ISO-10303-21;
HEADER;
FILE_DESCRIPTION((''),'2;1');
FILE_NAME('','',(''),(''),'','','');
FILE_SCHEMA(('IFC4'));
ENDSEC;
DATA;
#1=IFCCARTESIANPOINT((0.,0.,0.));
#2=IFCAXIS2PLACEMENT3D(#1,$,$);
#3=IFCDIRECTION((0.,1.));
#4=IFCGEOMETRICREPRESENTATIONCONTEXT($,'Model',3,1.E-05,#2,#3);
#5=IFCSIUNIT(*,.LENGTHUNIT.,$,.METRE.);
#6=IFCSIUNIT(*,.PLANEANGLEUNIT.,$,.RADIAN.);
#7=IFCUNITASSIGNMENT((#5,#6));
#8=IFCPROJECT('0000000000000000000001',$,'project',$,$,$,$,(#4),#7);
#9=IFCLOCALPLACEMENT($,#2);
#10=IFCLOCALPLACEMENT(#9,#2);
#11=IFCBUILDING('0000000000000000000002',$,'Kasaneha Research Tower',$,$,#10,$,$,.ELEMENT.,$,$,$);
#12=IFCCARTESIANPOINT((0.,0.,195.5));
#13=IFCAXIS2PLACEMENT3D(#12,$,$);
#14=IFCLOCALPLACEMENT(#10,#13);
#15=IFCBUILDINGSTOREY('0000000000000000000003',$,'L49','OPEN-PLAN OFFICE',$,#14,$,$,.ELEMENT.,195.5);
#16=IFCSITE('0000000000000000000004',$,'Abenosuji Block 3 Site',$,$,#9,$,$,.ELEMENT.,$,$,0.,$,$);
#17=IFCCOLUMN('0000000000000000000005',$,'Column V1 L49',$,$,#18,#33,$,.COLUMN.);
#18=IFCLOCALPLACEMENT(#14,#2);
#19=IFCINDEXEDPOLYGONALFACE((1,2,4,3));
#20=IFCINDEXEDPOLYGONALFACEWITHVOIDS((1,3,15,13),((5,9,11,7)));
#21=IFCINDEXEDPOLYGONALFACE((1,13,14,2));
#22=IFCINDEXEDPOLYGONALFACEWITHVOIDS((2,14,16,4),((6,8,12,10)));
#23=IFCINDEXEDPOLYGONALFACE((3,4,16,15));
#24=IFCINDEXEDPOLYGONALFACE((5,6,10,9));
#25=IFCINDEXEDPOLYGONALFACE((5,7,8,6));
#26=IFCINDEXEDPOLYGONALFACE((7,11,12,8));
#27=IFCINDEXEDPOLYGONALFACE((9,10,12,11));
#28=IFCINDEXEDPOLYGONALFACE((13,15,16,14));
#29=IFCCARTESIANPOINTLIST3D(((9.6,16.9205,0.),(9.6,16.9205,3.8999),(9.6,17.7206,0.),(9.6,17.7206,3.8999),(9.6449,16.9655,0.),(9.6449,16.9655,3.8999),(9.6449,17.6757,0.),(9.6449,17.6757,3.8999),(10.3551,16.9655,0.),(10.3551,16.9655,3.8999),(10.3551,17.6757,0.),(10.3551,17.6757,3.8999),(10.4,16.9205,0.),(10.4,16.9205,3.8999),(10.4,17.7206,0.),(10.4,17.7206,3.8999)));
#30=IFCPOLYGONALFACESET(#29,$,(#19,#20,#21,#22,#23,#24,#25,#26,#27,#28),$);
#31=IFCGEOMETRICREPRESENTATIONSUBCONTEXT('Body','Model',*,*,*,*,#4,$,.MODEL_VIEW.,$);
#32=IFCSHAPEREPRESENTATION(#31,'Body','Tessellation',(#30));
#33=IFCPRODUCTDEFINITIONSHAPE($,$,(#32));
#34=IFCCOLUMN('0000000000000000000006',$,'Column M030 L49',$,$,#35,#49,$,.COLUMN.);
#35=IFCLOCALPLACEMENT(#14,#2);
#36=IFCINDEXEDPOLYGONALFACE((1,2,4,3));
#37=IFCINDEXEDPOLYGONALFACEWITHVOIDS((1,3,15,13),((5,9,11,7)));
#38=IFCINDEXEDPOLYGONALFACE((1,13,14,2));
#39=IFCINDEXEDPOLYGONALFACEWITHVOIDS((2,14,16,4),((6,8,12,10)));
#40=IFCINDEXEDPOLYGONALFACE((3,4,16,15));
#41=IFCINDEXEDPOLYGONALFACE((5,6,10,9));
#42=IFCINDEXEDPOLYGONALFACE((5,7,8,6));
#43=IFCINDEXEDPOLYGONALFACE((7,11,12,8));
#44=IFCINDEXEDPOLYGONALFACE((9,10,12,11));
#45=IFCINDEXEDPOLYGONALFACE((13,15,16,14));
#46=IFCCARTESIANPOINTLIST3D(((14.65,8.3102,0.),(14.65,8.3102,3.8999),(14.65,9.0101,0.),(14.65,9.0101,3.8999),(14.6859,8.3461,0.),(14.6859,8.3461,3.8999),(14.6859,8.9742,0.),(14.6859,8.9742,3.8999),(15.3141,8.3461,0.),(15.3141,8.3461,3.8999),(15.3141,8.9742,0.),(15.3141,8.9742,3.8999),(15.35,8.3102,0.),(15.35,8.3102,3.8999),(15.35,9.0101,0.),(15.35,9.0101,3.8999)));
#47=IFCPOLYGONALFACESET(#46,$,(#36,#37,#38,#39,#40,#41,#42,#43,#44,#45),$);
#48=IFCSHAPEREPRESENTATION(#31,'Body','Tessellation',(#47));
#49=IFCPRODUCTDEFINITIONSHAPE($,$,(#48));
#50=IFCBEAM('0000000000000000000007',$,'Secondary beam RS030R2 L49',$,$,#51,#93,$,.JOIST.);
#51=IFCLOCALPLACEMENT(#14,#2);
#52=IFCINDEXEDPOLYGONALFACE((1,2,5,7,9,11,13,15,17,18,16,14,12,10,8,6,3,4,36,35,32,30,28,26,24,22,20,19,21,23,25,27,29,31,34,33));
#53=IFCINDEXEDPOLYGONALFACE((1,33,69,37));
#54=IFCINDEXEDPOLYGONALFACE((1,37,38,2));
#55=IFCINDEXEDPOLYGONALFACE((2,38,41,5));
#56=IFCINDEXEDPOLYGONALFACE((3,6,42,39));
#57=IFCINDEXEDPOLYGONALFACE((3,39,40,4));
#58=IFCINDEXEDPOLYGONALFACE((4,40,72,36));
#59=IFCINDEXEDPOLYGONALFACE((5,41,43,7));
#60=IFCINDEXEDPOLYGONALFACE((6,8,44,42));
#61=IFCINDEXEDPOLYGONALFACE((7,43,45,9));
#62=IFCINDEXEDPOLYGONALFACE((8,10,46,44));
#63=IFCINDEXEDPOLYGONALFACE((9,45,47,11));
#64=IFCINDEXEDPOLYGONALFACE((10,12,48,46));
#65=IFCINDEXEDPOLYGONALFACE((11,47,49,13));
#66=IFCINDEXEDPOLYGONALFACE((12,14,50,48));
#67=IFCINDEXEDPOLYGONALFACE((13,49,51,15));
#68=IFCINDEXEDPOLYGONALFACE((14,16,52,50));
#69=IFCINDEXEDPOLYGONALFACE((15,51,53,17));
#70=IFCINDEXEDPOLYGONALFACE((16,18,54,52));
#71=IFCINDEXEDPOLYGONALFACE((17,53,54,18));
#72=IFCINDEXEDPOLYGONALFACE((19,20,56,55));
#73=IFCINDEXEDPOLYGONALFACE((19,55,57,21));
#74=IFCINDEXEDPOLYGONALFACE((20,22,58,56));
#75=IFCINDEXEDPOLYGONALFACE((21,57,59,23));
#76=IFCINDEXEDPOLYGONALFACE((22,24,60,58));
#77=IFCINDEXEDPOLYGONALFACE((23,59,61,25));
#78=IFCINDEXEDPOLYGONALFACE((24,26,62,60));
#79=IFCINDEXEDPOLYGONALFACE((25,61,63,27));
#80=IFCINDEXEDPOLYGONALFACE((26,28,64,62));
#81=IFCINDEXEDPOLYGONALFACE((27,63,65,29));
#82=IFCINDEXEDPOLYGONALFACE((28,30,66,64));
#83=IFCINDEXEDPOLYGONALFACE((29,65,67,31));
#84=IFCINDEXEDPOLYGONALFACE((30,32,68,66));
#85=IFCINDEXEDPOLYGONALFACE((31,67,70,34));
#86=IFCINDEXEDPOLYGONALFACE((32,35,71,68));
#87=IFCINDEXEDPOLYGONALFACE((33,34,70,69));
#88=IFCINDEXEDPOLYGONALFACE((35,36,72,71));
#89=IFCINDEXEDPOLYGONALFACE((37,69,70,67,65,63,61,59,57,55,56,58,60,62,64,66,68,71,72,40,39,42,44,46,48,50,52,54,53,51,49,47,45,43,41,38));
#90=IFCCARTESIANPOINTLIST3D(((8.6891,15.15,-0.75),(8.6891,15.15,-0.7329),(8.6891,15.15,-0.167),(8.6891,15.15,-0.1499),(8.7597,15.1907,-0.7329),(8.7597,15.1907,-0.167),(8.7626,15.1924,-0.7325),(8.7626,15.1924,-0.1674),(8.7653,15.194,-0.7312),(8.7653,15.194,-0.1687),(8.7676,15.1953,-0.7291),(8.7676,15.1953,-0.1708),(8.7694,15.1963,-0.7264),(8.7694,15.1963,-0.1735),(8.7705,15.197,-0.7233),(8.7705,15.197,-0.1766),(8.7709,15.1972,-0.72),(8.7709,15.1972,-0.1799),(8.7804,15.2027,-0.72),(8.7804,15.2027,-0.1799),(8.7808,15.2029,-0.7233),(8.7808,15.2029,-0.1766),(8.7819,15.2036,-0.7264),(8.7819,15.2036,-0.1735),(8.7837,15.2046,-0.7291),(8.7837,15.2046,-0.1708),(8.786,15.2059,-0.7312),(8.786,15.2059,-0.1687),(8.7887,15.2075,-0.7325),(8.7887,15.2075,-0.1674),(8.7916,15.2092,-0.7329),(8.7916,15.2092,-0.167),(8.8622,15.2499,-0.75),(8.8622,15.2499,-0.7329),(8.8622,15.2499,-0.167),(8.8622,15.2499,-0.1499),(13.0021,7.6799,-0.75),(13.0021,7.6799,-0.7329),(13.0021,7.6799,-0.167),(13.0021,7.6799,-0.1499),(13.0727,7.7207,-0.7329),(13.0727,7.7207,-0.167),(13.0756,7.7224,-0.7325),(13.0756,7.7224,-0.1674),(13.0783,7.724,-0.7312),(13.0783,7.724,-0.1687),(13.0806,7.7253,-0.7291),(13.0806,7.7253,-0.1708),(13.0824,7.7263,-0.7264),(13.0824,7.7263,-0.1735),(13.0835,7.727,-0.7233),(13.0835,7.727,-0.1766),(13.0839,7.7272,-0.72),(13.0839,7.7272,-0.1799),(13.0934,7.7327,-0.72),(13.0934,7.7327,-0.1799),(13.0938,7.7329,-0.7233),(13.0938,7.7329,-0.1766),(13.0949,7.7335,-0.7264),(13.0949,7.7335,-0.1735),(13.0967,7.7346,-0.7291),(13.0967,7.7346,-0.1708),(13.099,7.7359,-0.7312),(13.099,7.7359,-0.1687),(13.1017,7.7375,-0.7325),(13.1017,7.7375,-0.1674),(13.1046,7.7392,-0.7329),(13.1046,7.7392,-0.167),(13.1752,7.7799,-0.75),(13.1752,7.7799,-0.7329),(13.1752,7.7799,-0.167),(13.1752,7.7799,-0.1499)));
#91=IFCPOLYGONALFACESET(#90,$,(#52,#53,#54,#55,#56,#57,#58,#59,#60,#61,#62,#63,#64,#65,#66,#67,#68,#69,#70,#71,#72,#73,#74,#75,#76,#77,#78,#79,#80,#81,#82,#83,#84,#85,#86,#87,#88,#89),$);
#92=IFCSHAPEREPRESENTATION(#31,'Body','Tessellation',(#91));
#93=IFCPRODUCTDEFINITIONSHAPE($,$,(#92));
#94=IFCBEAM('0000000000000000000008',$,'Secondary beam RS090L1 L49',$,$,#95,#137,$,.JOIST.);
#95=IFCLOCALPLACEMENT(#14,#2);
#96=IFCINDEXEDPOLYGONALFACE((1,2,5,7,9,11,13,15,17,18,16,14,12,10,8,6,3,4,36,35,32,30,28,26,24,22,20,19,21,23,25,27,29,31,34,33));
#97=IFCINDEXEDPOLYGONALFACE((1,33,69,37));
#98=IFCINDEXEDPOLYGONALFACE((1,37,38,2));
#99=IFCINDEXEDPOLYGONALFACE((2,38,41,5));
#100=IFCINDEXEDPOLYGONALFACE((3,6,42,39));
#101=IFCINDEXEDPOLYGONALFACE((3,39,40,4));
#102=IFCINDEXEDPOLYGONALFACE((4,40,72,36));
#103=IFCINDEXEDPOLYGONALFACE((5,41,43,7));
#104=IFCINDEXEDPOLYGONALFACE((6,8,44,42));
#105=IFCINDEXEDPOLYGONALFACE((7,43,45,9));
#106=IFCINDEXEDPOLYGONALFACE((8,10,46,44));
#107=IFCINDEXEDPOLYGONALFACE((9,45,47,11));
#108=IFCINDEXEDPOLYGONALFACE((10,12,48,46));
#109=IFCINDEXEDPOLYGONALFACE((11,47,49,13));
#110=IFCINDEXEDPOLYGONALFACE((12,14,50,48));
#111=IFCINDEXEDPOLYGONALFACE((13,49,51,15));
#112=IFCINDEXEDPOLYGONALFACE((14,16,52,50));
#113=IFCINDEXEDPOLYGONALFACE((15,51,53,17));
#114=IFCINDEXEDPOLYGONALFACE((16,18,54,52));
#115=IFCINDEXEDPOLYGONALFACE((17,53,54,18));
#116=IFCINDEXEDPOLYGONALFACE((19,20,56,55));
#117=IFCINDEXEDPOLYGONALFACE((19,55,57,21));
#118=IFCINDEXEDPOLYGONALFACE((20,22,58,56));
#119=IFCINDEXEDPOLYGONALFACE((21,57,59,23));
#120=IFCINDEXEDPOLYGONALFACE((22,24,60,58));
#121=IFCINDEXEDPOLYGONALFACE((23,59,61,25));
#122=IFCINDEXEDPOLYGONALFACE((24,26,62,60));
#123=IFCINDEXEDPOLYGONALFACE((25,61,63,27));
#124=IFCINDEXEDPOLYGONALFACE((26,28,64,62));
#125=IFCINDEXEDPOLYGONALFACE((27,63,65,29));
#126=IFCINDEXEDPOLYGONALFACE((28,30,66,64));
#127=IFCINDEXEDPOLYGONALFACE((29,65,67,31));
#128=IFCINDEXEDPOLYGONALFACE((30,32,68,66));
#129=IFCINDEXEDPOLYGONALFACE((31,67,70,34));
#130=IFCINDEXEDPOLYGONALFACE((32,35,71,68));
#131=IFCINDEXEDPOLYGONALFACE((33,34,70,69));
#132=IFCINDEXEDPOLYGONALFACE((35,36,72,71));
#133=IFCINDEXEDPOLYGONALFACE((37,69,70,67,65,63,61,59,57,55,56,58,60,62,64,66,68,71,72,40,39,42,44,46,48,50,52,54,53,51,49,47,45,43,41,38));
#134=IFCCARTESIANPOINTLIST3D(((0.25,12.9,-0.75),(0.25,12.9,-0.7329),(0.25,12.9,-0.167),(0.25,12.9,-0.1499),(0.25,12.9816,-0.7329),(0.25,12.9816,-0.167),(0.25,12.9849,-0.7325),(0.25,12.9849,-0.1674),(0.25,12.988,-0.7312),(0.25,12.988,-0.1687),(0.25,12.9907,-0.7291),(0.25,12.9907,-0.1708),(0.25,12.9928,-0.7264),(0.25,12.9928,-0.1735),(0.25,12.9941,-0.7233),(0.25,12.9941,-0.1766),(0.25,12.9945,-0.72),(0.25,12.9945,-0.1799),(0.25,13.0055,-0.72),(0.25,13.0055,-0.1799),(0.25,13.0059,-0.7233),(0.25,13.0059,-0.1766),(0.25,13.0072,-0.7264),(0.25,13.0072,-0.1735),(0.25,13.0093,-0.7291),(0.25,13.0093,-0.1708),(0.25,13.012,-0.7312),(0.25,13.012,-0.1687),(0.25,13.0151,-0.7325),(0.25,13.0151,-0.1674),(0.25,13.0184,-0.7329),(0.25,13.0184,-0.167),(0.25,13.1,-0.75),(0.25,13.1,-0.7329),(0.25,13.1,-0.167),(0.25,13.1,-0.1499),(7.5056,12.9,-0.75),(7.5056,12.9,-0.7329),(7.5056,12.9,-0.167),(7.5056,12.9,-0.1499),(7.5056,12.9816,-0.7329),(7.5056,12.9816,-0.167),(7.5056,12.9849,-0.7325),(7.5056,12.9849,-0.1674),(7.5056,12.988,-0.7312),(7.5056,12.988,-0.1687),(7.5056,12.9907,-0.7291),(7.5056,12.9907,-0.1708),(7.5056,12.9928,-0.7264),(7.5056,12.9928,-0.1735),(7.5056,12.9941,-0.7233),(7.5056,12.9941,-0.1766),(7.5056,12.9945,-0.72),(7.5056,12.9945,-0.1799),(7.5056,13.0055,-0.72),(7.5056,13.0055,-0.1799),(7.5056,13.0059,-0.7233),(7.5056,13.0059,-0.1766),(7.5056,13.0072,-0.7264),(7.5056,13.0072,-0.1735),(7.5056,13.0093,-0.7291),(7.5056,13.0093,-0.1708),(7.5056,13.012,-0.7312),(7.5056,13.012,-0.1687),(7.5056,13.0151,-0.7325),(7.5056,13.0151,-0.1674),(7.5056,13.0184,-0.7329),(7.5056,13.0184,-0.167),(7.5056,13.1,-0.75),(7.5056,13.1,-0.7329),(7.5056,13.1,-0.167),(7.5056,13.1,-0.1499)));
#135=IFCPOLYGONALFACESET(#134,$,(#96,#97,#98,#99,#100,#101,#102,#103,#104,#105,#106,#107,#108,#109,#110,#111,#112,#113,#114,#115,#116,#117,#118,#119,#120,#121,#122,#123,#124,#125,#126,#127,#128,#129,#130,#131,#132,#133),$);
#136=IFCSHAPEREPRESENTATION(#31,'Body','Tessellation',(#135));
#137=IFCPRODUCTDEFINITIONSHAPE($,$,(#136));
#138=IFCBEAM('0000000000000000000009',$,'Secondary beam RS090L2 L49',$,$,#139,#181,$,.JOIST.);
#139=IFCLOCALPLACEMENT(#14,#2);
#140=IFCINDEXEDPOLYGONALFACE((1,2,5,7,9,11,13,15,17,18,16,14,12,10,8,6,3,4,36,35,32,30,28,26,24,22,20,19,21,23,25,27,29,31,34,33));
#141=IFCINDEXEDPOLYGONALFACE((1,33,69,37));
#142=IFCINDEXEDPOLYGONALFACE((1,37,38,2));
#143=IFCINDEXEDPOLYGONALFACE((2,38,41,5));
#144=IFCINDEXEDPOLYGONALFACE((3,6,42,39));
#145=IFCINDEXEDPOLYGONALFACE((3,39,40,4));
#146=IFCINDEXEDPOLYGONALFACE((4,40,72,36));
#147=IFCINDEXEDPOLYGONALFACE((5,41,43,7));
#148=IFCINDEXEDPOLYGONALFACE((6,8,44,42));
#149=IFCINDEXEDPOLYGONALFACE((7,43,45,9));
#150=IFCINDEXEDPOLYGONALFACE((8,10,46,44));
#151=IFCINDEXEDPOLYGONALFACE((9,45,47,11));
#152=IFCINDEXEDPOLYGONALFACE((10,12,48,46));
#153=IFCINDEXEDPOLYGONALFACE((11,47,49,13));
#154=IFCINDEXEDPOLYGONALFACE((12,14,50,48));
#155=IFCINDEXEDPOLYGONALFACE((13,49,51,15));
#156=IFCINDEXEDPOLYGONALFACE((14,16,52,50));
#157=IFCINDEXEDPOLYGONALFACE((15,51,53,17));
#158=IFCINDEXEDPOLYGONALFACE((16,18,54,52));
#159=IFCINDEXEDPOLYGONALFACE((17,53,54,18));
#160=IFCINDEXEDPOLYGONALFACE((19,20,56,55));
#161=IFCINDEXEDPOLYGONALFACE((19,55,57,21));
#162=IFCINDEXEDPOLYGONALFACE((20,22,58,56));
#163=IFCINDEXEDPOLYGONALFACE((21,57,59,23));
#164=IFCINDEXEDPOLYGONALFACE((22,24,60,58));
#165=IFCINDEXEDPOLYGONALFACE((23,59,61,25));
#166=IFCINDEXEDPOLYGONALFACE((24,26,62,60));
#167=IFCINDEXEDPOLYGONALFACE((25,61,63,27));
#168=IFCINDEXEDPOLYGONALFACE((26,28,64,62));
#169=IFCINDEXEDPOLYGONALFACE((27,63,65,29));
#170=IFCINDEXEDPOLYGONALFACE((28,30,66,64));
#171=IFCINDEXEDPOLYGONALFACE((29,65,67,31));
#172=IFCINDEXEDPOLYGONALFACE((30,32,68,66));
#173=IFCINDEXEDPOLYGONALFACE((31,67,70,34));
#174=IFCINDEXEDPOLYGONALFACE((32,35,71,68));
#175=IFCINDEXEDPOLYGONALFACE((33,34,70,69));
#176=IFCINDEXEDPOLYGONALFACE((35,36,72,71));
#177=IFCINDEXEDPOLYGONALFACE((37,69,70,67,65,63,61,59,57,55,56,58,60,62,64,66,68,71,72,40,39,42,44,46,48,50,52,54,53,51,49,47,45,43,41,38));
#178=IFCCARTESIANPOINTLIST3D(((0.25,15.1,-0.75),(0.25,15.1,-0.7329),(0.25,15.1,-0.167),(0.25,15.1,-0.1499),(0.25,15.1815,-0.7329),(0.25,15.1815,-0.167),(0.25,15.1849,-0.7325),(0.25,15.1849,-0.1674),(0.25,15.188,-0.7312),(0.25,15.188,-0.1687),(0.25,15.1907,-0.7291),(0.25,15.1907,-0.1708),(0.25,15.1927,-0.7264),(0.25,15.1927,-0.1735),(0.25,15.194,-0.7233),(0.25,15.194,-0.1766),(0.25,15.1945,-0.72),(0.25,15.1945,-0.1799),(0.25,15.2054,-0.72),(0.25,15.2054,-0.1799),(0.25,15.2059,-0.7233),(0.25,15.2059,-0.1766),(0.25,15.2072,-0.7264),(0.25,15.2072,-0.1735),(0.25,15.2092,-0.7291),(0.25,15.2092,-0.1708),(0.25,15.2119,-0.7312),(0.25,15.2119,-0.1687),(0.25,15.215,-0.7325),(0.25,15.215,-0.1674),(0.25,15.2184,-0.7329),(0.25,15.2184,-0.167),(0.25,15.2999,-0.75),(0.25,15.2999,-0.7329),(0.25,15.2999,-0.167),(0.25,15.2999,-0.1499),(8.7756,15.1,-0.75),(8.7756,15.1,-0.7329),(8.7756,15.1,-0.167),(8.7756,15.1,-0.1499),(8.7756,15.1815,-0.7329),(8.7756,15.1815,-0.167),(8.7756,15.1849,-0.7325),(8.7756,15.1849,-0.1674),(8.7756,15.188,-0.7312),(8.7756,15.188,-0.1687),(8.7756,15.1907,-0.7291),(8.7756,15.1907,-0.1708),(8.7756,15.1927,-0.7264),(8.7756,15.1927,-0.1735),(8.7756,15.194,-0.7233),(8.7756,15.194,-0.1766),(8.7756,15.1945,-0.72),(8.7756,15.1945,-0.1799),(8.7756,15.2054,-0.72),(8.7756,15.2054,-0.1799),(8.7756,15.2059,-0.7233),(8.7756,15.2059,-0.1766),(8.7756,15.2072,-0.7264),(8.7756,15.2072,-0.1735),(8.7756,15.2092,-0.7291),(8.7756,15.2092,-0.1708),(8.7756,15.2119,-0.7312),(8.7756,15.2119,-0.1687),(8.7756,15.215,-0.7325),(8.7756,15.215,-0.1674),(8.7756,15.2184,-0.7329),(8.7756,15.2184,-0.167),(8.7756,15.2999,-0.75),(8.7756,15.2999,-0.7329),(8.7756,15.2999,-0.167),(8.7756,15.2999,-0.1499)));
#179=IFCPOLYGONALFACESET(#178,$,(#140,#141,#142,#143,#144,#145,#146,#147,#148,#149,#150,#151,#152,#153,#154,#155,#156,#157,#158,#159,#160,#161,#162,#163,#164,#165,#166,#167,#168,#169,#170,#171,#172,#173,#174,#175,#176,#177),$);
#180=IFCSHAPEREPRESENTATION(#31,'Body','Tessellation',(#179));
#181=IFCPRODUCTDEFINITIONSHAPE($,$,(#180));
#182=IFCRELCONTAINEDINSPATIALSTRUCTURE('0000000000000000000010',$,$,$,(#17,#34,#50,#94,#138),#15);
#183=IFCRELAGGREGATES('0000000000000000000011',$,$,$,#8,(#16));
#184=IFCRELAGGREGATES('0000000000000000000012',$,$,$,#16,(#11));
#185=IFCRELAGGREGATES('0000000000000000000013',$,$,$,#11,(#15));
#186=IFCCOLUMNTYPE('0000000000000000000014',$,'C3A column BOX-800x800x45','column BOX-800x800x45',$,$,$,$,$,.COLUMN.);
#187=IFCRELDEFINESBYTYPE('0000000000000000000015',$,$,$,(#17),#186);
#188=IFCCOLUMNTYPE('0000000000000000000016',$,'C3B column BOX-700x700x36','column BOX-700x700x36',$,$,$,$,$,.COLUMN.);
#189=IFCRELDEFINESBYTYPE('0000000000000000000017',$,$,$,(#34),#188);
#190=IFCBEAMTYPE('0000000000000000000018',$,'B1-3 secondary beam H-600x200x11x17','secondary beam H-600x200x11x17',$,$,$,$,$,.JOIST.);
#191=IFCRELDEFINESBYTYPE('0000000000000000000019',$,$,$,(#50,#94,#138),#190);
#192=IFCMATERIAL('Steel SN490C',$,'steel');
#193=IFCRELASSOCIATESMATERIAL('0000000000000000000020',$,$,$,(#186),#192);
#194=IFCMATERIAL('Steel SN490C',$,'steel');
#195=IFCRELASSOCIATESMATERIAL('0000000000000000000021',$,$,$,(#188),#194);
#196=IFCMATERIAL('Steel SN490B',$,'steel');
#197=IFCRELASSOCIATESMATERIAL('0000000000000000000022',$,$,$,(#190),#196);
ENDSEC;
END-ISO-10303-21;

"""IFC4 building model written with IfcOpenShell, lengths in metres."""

from ifc_helpers import new_model, si_unit, direction, frame, origin, origin_2d, place, context, subcontext, project, spatial, hollow_rectangle, i_section, extrude, material, material_profile, profile_set, type_object, element, save


model = new_model("IFC4")

# Units and contexts
model_context = context("Model", 3, precision=1e-05, world=origin(), true_north=direction((0.0, 1.0)))
body_context = subcontext(model_context, "Body", "Model", "MODEL_VIEW")
ifc_project = project(units=[si_unit("LENGTHUNIT", "METRE"), si_unit("PLANEANGLEUNIT", "RADIAN")], contexts=[model_context])

# Site, building, storey
site_placement = place(None, origin())
site = spatial("IfcSite", under=ifc_project, at=site_placement, Name="Abenosuji Block 3 Site", CompositionType="ELEMENT", RefElevation=0.0)
building_placement = place(site_placement, origin())
building = spatial("IfcBuilding", under=site, at=building_placement, Name="Kasaneha Research Tower", CompositionType="ELEMENT")
storey_placement = place(building_placement, frame((0.0, 0.0, 195.5)))
storey = spatial("IfcBuildingStorey", under=building, at=storey_placement, Name="L49", Description="OPEN-PLAN OFFICE", CompositionType="ELEMENT", Elevation=195.5)

# Columns
ifc_material_1 = material(Name="Steel SN490C", Category="steel")
ifc_material_profile_1 = material_profile(ifc_material_1, hollow_rectangle(XDim=0.8, YDim=0.8, WallThickness=0.0449, at=origin_2d()), Name="BOX-800x800x45")
ifc_profile_set_1 = profile_set([ifc_material_profile_1], Name="Steel SN490C")
column_type_1 = type_object("IfcColumnType", Name="C3A column BOX-800x800x45", Description="column BOX-800x800x45", PredefinedType="COLUMN", material=ifc_profile_set_1)
column_1_placement = place(storey_placement, frame((10.0, 17.3206, 0.0), z_axis=(0.0, 0.0, 1.0), x_axis=(1.0, 0.0, 0.0)))
element("IfcColumn", 1, at=column_1_placement, inside=storey, type_object=column_type_1, Name="Column V1 L49", PredefinedType="COLUMN", context=body_context, shape_type="SweptSolid", body=[
    extrude(hollow_rectangle(XDim=0.8, YDim=0.8, WallThickness=0.0449, at=origin_2d()), origin(), (0.0, 0.0, 1.0), 3.8999),
])
ifc_material_2 = material(Name="Steel SN490C", Category="steel")
ifc_material_profile_2 = material_profile(ifc_material_2, hollow_rectangle(XDim=0.7, YDim=0.7, WallThickness=0.0359, at=origin_2d()), Name="BOX-700x700x36")
ifc_profile_set_2 = profile_set([ifc_material_profile_2], Name="Steel SN490C")
column_type_2 = type_object("IfcColumnType", Name="C3B column BOX-700x700x36", Description="column BOX-700x700x36", PredefinedType="COLUMN", material=ifc_profile_set_2)
column_2_placement = place(storey_placement, frame((15.0, 8.6602, 0.0), z_axis=(0.0, 0.0, 1.0), x_axis=(1.0, 0.0, 0.0)))
element("IfcColumn", 2, at=column_2_placement, inside=storey, type_object=column_type_2, Name="Column M030 L49", PredefinedType="COLUMN", context=body_context, shape_type="SweptSolid", body=[
    extrude(hollow_rectangle(XDim=0.7, YDim=0.7, WallThickness=0.0359, at=origin_2d()), origin(), (0.0, 0.0, 1.0), 3.8999),
])

# Beams
ifc_material_3 = material(Name="Steel SN490B", Category="steel")
ifc_material_profile_3 = material_profile(ifc_material_3, i_section(OverallWidth=0.2, OverallDepth=0.6001, WebThickness=0.011, FlangeThickness=0.0171, FilletRadius=0.0129, at=origin_2d()), Name="H-600x200x11x17")
ifc_profile_set_3 = profile_set([ifc_material_profile_3], Name="Steel SN490B")
beam_type_1 = type_object("IfcBeamType", Name="B1-3 secondary beam H-600x200x11x17", Description="secondary beam H-600x200x11x17", PredefinedType="JOIST", material=ifc_profile_set_3)
beam_1_placement = place(storey_placement, frame((8.7756, 15.2, -0.45), z_axis=(0.500017, -0.866015, 0.0), x_axis=(0.866015, 0.500017, 0.0)))
element("IfcBeam", 3, at=beam_1_placement, inside=storey, type_object=beam_type_1, Name="Secondary beam RS030R2 L49", PredefinedType="JOIST", context=body_context, shape_type="SweptSolid", body=[
    extrude(i_section(OverallWidth=0.2, OverallDepth=0.6001, WebThickness=0.011, FlangeThickness=0.0171, FilletRadius=0.0129, at=origin_2d()), origin(), (0.0, 0.0, 1.0), 8.6257),
])
beam_2_placement = place(storey_placement, frame((7.5056, 13.0, -0.45), z_axis=(-1.0, 0.0, 0.0), x_axis=(0.0, -1.0, 0.0)))
element("IfcBeam", 4, at=beam_2_placement, inside=storey, type_object=beam_type_1, Name="Secondary beam RS090L1 L49", PredefinedType="JOIST", context=body_context, shape_type="SweptSolid", body=[
    extrude(i_section(OverallWidth=0.2, OverallDepth=0.6001, WebThickness=0.011, FlangeThickness=0.0171, FilletRadius=0.0129, at=origin_2d()), origin(), (0.0, 0.0, 1.0), 7.2556),
])
beam_3_placement = place(storey_placement, frame((8.7756, 15.2, -0.45), z_axis=(-1.0, 0.0, 0.0), x_axis=(0.0, -1.0, 0.0)))
element("IfcBeam", 5, at=beam_3_placement, inside=storey, type_object=beam_type_1, Name="Secondary beam RS090L2 L49", PredefinedType="JOIST", context=body_context, shape_type="SweptSolid", body=[
    extrude(i_section(OverallWidth=0.2, OverallDepth=0.6001, WebThickness=0.011, FlangeThickness=0.0171, FilletRadius=0.0129, at=origin_2d()), origin(), (0.0, 0.0, 1.0), 8.5256),
])

save(model, "model.ifc")
